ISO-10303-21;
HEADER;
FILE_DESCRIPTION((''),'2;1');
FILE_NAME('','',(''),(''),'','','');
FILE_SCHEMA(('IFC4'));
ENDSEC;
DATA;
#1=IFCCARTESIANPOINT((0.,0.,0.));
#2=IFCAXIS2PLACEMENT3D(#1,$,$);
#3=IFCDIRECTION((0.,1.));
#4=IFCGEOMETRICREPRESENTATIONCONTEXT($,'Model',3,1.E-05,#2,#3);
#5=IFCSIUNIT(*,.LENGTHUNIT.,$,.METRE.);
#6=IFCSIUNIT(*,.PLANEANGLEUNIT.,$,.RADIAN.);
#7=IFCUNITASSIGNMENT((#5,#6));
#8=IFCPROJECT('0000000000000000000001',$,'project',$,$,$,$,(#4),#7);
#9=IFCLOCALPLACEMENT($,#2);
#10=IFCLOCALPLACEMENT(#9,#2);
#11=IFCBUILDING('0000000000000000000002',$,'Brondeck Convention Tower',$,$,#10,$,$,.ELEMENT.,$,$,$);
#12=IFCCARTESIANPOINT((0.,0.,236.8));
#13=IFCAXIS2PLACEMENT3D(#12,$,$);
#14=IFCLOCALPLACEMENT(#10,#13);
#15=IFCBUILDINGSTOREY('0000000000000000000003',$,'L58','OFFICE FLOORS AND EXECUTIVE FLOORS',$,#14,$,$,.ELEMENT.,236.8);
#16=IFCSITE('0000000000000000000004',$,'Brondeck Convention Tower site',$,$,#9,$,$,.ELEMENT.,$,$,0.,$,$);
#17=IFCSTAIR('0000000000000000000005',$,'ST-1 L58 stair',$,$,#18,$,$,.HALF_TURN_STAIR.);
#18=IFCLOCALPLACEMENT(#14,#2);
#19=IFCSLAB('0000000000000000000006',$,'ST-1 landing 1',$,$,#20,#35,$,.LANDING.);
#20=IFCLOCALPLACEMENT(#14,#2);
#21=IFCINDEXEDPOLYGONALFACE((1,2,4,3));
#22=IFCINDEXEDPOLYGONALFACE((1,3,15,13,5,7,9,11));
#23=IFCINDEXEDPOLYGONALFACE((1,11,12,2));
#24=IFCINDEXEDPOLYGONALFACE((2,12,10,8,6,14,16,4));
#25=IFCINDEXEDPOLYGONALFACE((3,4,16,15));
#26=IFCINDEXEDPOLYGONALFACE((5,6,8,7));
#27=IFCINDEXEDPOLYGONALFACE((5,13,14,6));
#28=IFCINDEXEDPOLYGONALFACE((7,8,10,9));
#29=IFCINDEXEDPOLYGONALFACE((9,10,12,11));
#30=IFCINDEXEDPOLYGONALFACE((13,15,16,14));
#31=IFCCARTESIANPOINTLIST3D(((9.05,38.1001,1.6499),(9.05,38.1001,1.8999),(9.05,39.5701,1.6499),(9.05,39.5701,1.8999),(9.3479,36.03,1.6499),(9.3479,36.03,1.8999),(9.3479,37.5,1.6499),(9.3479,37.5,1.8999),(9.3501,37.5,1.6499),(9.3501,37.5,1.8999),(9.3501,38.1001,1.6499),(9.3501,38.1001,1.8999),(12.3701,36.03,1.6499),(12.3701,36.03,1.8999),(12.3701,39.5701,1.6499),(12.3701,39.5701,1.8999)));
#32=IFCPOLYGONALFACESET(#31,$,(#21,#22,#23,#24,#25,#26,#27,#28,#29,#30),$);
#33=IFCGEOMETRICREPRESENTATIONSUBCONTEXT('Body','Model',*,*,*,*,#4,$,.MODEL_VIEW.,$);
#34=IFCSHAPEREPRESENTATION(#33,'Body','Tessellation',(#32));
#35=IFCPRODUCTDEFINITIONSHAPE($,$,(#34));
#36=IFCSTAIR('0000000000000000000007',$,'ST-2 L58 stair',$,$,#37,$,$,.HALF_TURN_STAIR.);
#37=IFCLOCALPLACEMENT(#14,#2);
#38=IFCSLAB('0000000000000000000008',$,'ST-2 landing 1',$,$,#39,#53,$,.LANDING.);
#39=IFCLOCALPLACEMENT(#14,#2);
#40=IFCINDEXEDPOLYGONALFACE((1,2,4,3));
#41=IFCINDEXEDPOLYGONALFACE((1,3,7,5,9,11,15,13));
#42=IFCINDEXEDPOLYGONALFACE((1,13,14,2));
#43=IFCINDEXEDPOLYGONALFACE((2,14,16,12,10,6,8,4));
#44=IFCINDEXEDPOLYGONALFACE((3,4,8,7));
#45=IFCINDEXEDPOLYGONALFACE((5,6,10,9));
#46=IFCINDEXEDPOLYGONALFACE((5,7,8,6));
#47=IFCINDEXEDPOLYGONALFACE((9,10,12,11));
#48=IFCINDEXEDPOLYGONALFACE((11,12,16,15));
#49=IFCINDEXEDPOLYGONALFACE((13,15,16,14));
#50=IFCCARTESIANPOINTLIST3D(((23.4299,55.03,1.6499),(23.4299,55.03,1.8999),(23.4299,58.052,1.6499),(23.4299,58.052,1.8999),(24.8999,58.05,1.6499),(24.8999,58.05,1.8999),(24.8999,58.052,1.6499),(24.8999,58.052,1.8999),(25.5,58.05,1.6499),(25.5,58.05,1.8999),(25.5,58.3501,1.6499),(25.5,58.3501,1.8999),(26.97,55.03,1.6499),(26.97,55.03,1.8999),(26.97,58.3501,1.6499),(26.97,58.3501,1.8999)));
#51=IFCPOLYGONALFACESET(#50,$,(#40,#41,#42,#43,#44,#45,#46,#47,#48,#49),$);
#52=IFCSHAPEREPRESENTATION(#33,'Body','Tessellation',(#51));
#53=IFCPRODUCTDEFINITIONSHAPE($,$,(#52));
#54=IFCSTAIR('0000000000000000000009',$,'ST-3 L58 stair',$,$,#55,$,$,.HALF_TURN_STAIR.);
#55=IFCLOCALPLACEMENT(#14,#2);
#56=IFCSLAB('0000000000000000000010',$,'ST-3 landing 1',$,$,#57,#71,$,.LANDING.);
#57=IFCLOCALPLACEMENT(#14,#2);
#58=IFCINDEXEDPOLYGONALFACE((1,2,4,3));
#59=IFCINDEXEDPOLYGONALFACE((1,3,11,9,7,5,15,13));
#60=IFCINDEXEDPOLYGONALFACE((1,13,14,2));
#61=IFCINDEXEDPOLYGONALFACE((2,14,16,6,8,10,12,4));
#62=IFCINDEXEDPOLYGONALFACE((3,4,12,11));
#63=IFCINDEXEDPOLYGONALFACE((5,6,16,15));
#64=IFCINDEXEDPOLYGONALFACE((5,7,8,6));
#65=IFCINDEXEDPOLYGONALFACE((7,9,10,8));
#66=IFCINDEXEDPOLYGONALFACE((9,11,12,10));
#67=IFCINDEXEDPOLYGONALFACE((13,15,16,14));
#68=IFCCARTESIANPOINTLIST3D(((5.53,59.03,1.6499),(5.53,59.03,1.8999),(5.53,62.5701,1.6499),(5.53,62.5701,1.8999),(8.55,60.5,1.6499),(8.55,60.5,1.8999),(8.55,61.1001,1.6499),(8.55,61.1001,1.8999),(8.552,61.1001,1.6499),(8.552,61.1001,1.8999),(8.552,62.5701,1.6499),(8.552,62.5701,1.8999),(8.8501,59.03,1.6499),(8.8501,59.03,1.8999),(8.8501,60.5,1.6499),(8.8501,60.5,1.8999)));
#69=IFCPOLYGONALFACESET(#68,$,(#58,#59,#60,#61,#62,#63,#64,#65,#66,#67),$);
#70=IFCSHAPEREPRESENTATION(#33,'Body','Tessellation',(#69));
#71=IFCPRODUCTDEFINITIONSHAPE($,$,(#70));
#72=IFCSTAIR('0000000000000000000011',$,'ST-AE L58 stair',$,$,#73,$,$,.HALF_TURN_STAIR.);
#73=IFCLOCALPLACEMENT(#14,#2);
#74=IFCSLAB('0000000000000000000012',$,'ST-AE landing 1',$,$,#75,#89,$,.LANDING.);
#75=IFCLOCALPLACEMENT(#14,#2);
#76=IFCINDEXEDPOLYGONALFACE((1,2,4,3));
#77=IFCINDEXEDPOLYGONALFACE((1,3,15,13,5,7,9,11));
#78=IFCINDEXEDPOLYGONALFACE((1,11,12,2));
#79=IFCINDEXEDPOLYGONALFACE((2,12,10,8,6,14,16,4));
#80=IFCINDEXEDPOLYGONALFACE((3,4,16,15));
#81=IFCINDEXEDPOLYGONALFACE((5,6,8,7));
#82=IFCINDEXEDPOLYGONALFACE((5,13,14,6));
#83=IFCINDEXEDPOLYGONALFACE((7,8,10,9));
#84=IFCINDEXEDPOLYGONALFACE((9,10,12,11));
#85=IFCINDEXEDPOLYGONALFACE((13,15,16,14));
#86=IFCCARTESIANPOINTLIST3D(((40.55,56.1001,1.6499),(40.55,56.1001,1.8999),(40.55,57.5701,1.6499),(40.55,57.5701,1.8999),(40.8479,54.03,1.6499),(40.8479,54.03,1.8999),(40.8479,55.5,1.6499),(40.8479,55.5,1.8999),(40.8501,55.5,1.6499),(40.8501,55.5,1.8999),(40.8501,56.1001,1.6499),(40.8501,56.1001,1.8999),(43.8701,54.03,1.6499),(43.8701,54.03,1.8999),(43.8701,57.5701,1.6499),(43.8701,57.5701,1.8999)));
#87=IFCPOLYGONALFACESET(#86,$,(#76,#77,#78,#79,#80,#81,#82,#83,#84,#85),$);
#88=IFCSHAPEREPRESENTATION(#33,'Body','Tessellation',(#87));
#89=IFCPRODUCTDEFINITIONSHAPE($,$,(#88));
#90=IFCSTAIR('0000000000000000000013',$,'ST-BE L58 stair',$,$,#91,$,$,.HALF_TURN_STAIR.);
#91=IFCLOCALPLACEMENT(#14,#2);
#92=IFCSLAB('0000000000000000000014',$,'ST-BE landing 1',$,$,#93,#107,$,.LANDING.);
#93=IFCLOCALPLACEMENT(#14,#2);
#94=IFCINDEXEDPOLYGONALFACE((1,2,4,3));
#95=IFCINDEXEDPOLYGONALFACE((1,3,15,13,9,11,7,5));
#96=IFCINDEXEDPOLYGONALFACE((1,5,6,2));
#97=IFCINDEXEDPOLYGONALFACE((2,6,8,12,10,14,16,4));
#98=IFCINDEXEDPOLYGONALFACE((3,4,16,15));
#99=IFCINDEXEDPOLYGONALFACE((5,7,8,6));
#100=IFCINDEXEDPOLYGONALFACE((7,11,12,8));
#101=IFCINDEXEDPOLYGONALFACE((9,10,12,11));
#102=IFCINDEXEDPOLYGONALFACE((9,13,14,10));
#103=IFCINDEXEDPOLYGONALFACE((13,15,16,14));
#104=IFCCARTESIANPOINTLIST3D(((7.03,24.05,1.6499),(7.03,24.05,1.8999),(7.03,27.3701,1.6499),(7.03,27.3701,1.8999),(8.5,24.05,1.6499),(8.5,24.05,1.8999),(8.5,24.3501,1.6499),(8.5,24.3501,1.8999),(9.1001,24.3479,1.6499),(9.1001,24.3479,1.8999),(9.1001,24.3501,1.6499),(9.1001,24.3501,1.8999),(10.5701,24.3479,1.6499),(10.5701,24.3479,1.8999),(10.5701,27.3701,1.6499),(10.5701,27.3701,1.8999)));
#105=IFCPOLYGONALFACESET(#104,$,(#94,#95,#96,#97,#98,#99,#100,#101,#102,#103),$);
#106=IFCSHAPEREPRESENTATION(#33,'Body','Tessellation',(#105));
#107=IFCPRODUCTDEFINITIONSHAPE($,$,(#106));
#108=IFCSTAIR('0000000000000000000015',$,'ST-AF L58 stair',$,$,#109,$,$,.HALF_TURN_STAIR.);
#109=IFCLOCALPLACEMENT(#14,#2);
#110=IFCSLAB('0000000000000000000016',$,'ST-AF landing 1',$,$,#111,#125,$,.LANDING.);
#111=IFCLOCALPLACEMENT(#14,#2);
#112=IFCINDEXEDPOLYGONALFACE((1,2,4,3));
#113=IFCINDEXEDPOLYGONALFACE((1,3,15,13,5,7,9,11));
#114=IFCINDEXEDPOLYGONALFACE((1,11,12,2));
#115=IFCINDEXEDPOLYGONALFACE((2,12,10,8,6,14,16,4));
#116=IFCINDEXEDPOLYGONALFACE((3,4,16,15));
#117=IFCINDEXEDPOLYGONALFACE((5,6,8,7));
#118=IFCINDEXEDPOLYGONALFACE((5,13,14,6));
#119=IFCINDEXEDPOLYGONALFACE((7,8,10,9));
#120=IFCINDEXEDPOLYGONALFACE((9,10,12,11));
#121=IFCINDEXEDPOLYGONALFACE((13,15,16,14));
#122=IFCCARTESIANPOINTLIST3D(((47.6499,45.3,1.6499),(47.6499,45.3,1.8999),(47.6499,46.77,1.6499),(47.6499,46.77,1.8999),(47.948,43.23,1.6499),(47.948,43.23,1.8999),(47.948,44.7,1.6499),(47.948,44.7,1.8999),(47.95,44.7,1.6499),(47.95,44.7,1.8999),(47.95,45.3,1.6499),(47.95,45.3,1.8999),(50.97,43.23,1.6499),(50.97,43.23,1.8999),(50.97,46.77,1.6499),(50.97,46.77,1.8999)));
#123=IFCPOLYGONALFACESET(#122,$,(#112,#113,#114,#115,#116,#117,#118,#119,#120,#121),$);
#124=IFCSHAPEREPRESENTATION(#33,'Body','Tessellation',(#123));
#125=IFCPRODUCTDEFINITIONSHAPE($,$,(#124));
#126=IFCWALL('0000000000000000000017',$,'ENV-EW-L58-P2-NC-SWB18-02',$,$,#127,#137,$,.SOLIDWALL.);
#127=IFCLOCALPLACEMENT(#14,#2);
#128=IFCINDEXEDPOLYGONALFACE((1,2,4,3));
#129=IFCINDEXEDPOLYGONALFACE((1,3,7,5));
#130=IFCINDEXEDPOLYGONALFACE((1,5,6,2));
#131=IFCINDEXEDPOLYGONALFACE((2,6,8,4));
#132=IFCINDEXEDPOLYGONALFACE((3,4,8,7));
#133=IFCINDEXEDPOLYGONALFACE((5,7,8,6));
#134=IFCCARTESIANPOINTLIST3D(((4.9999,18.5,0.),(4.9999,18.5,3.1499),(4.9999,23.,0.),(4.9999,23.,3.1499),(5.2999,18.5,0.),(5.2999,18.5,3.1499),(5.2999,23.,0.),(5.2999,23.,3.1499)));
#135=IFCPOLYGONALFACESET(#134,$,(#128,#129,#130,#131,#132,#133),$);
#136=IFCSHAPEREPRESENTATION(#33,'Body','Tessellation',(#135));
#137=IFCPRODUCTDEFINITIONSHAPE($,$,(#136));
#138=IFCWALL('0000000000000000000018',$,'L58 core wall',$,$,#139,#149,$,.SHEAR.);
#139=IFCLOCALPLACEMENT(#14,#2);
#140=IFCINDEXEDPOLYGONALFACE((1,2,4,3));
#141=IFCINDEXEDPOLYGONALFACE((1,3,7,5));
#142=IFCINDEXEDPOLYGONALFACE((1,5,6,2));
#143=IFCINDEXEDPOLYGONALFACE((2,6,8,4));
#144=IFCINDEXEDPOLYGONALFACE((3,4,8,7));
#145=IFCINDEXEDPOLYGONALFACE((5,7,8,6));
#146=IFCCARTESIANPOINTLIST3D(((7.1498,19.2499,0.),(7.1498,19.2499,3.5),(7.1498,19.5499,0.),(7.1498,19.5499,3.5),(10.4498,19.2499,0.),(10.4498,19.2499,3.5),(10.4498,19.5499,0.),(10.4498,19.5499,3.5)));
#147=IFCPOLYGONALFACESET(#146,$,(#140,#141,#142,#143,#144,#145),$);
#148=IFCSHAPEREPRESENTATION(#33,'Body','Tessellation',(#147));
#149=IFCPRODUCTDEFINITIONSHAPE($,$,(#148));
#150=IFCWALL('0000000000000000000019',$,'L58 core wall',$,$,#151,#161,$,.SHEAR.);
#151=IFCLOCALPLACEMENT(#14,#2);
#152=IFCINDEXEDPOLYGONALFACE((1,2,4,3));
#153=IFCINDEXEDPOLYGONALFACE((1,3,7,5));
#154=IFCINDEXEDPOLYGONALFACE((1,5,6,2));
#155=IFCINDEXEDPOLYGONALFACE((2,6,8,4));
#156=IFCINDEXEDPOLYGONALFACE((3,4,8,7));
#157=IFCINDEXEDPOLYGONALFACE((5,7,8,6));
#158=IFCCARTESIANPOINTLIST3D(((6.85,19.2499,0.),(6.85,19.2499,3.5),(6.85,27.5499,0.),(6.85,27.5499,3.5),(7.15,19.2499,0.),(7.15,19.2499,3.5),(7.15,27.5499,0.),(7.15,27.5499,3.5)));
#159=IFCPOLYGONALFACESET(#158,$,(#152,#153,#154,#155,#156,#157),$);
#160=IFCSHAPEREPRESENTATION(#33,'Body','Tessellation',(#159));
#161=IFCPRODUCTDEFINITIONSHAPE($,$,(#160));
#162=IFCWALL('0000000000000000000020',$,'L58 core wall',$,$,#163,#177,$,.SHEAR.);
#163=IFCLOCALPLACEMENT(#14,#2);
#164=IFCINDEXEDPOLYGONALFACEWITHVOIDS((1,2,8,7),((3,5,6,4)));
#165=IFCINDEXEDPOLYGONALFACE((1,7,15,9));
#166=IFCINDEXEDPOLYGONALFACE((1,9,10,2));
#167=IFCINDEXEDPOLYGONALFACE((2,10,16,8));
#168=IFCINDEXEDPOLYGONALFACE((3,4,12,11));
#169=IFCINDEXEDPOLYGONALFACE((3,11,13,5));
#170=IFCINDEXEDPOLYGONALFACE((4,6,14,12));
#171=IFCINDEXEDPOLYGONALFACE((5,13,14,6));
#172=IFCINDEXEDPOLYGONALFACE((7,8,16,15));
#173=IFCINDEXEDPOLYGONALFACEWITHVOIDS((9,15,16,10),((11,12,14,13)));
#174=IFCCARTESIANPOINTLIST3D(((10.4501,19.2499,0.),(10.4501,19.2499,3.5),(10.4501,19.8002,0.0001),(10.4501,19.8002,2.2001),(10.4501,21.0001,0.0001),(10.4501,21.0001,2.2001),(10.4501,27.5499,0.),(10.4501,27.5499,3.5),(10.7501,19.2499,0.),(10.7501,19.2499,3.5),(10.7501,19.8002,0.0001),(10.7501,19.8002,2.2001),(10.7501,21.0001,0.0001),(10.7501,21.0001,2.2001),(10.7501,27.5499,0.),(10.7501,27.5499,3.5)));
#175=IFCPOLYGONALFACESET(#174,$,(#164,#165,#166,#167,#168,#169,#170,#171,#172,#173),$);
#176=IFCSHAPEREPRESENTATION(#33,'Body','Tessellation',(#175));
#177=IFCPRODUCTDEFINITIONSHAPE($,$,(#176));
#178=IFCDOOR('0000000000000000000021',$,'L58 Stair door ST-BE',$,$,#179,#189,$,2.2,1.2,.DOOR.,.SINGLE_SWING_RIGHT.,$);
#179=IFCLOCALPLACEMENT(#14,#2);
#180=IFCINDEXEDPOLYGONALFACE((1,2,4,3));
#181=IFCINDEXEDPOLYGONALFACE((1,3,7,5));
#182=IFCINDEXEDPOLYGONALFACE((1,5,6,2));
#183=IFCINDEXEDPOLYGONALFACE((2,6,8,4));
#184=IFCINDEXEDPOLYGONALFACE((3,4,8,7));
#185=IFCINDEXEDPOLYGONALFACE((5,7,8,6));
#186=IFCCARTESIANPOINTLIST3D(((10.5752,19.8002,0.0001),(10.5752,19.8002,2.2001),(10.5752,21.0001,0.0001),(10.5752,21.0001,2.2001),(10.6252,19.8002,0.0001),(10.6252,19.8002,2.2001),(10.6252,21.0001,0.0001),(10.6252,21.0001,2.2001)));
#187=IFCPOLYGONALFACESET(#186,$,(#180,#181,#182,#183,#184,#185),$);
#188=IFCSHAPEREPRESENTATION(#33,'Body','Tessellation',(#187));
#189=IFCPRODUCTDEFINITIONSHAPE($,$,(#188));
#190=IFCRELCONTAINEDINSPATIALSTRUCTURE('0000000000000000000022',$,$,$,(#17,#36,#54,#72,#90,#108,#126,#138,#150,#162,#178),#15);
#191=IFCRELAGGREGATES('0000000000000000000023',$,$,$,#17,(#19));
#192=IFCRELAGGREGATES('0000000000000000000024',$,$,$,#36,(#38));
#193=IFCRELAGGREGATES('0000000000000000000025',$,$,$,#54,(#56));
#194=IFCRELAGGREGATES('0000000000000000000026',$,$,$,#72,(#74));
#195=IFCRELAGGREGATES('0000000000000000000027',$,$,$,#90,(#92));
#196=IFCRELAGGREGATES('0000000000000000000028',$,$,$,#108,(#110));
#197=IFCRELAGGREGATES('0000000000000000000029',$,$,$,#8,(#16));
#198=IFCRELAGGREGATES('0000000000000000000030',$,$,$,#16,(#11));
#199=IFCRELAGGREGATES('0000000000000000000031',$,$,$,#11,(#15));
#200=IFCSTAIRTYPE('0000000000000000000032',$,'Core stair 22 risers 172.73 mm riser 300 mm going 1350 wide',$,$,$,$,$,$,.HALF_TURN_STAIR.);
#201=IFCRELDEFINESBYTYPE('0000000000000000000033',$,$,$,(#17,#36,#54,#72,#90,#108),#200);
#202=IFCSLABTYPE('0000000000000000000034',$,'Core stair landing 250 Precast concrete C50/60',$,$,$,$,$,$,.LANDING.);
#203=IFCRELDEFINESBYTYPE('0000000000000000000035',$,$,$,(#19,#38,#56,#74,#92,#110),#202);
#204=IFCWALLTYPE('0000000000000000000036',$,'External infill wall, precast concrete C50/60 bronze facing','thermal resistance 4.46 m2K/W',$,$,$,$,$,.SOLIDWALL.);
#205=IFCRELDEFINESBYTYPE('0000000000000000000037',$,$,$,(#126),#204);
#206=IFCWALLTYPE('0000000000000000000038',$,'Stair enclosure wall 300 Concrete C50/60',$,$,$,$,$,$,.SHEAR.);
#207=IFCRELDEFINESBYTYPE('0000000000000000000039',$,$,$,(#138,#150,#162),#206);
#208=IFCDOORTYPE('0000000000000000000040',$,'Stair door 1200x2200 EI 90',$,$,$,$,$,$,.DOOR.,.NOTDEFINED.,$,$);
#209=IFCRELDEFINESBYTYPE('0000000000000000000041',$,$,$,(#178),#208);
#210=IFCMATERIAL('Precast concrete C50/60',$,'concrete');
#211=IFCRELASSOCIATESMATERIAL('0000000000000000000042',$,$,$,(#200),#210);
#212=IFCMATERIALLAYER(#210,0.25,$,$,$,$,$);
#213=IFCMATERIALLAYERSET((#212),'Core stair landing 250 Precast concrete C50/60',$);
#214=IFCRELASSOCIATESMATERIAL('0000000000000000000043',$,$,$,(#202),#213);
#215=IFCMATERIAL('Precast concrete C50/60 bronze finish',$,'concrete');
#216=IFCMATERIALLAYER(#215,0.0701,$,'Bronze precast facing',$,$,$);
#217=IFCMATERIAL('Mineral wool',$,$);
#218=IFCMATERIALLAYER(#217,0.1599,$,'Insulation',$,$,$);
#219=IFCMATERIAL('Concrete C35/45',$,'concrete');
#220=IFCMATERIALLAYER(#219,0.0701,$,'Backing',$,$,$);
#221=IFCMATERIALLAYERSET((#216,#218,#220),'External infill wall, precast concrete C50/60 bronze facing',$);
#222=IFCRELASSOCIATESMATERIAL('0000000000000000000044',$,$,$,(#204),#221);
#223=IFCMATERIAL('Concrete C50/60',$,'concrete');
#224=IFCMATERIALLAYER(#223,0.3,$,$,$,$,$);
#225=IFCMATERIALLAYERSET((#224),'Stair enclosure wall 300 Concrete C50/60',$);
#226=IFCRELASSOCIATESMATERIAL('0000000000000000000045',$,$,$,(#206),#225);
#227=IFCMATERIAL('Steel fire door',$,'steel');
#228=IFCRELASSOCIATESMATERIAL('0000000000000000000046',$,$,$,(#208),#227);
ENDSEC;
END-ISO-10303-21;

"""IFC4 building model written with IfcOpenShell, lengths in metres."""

from ifc_helpers import new_model, si_unit, direction, frame, frame_2d, origin, place, context, subcontext, project, spatial, polyline, rectangle, outline, extrude, material, layer, layer_set, type_object, element, fill, aggregate, save


model = new_model("IFC4")

# Units and contexts
model_context = context("Model", 3, precision=1e-05, world=origin(), true_north=direction((0.0, 1.0)))
body_context = subcontext(model_context, "Body", "Model", "MODEL_VIEW")
ifc_project = project(units=[si_unit("LENGTHUNIT", "METRE"), si_unit("PLANEANGLEUNIT", "RADIAN")], contexts=[model_context])

# Site, building, storey
site_placement = place(None, origin())
site = spatial("IfcSite", under=ifc_project, at=site_placement, Name="Brondeck Convention Tower site", CompositionType="ELEMENT", RefElevation=0.0)
building_placement = place(site_placement, origin())
building = spatial("IfcBuilding", under=site, at=building_placement, Name="Brondeck Convention Tower", CompositionType="ELEMENT")
storey_placement = place(building_placement, frame((0.0, 0.0, 236.8)))
storey = spatial("IfcBuildingStorey", under=building, at=storey_placement, Name="L58", Description="OFFICE FLOORS AND EXECUTIVE FLOORS", CompositionType="ELEMENT", Elevation=236.8)

# Shared definitions
ifc_material_1 = material(Name="Concrete C50/60", Category="concrete")

# Shared definitions
ifc_material_2 = material(Name="Concrete C35/45", Category="concrete")

# Stairs, slabs
ifc_material_3 = material(Name="Precast concrete C50/60", Category="concrete")
stair_type = type_object("IfcStairType", Name="Core stair 22 risers 172.73 mm riser 300 mm going 1350 wide", PredefinedType="HALF_TURN_STAIR", material=ifc_material_3)
stair_1_placement = place(storey_placement, origin())
stair_1 = element("IfcStair", 1, at=stair_1_placement, inside=storey, type_object=stair_type, Name="ST-1 L58 stair", PredefinedType="HALF_TURN_STAIR")
ifc_layer_1 = layer(ifc_material_3, 0.25)
ifc_layer_set_1 = layer_set([ifc_layer_1], Name="Core stair landing 250 Precast concrete C50/60")
slab_type_1 = type_object("IfcSlabType", Name="Core stair landing 250 Precast concrete C50/60", PredefinedType="LANDING", material=ifc_layer_set_1)
slab_1_placement = place(storey_placement, frame((0.0, 0.0, 1.6499)))
slab_1 = element("IfcSlab", 2, at=slab_1_placement, type_object=slab_type_1, Name="ST-1 landing 1", PredefinedType="LANDING", context=body_context, shape_type="SweptSolid", body=[
    extrude(outline(polyline([(9.3479, 37.5), (9.3501, 37.5), (9.3501, 38.1001), (9.05, 38.1001), (9.05, 39.5701), (12.3701, 39.5701), (12.3701, 36.03), (9.3479, 36.03), (9.3479, 37.5)])), origin(), (0.0, 0.0, 1.0), 0.25),
])
aggregate(stair_1, [slab_1])
stair_2_placement = place(storey_placement, origin())
stair_2 = element("IfcStair", 3, at=stair_2_placement, inside=storey, type_object=stair_type, Name="ST-2 L58 stair", PredefinedType="HALF_TURN_STAIR")
slab_2_placement = place(storey_placement, frame((0.0, 0.0, 1.6499)))
slab_2 = element("IfcSlab", 4, at=slab_2_placement, type_object=slab_type_1, Name="ST-2 landing 1", PredefinedType="LANDING", context=body_context, shape_type="SweptSolid", body=[
    extrude(outline(polyline([(23.4299, 58.052), (24.8999, 58.052), (24.8999, 58.05), (25.5, 58.05), (25.5, 58.3501), (26.97, 58.3501), (26.97, 55.03), (23.4299, 55.03), (23.4299, 58.052)])), origin(), (0.0, 0.0, 1.0), 0.25),
])
aggregate(stair_2, [slab_2])
stair_3_placement = place(storey_placement, origin())
stair_3 = element("IfcStair", 5, at=stair_3_placement, inside=storey, type_object=stair_type, Name="ST-3 L58 stair", PredefinedType="HALF_TURN_STAIR")
slab_3_placement = place(storey_placement, frame((0.0, 0.0, 1.6499)))
slab_3 = element("IfcSlab", 6, at=slab_3_placement, type_object=slab_type_1, Name="ST-3 landing 1", PredefinedType="LANDING", context=body_context, shape_type="SweptSolid", body=[
    extrude(outline(polyline([(8.8501, 60.5), (8.8501, 59.03), (5.53, 59.03), (5.53, 62.5701), (8.552, 62.5701), (8.552, 61.1001), (8.55, 61.1001), (8.55, 60.5), (8.8501, 60.5)])), origin(), (0.0, 0.0, 1.0), 0.25),
])
aggregate(stair_3, [slab_3])
stair_4_placement = place(storey_placement, origin())
stair_4 = element("IfcStair", 7, at=stair_4_placement, inside=storey, type_object=stair_type, Name="ST-AE L58 stair", PredefinedType="HALF_TURN_STAIR")
slab_4_placement = place(storey_placement, frame((0.0, 0.0, 1.6499)))
slab_4 = element("IfcSlab", 8, at=slab_4_placement, type_object=slab_type_1, Name="ST-AE landing 1", PredefinedType="LANDING", context=body_context, shape_type="SweptSolid", body=[
    extrude(outline(polyline([(40.8479, 55.5), (40.8501, 55.5), (40.8501, 56.1001), (40.55, 56.1001), (40.55, 57.5701), (43.8701, 57.5701), (43.8701, 54.03), (40.8479, 54.03), (40.8479, 55.5)])), origin(), (0.0, 0.0, 1.0), 0.25),
])
aggregate(stair_4, [slab_4])
stair_5_placement = place(storey_placement, origin())
stair_5 = element("IfcStair", 9, at=stair_5_placement, inside=storey, type_object=stair_type, Name="ST-BE L58 stair", PredefinedType="HALF_TURN_STAIR")
slab_5_placement = place(storey_placement, frame((0.0, 0.0, 1.6499)))
slab_5 = element("IfcSlab", 10, at=slab_5_placement, type_object=slab_type_1, Name="ST-BE landing 1", PredefinedType="LANDING", context=body_context, shape_type="SweptSolid", body=[
    extrude(outline(polyline([(7.03, 24.05), (7.03, 27.3701), (10.5701, 27.3701), (10.5701, 24.3479), (9.1001, 24.3479), (9.1001, 24.3501), (8.5, 24.3501), (8.5, 24.05), (7.03, 24.05)])), origin(), (0.0, 0.0, 1.0), 0.25),
])
aggregate(stair_5, [slab_5])
stair_6_placement = place(storey_placement, origin())
stair_6 = element("IfcStair", 11, at=stair_6_placement, inside=storey, type_object=stair_type, Name="ST-AF L58 stair", PredefinedType="HALF_TURN_STAIR")
slab_6_placement = place(storey_placement, frame((0.0, 0.0, 1.6499)))
slab_6 = element("IfcSlab", 12, at=slab_6_placement, type_object=slab_type_1, Name="ST-AF landing 1", PredefinedType="LANDING", context=body_context, shape_type="SweptSolid", body=[
    extrude(outline(polyline([(47.948, 44.7), (47.95, 44.7), (47.95, 45.3), (47.6499, 45.3), (47.6499, 46.77), (50.97, 46.77), (50.97, 43.23), (47.948, 43.23), (47.948, 44.7)])), origin(), (0.0, 0.0, 1.0), 0.25),
])
aggregate(stair_6, [slab_6])

# Walls
ifc_material_4 = material(Name="Precast concrete C50/60 bronze finish", Category="concrete")
ifc_layer_2 = layer(ifc_material_4, 0.0701, Name="Bronze precast facing")
ifc_material_5 = material(Name="Mineral wool")
ifc_layer_3 = layer(ifc_material_5, 0.1599, Name="Insulation")
ifc_layer_4 = layer(ifc_material_2, 0.0701, Name="Backing")
ifc_layer_set_2 = layer_set([ifc_layer_2, ifc_layer_3, ifc_layer_4], Name="External infill wall, precast concrete C50/60 bronze facing")
wall_type_1 = type_object("IfcWallType", Name="External infill wall, precast concrete C50/60 bronze facing", Description="thermal resistance 4.46 m2K/W", PredefinedType="SOLIDWALL", material=ifc_layer_set_2)
wall_1_placement = place(storey_placement, frame((5.1499, 18.5, 0.0), z_axis=(0.0, 0.0, 1.0), x_axis=(0.0, 1.0, 0.0)))
element("IfcWall", 13, at=wall_1_placement, inside=storey, type_object=wall_type_1, Name="ENV-EW-L58-P2-NC-SWB18-02", PredefinedType="SOLIDWALL", context=body_context, shape_type="SweptSolid", body=[
    extrude(rectangle(XDim=4.5, YDim=0.3, at=frame_2d((2.25, 0.0))), origin(), (0.0, 0.0, 1.0), 3.1499),
])
ifc_layer_5 = layer(ifc_material_1, 0.3)
ifc_layer_set_3 = layer_set([ifc_layer_5], Name="Stair enclosure wall 300 Concrete C50/60")
wall_type_2 = type_object("IfcWallType", Name="Stair enclosure wall 300 Concrete C50/60", PredefinedType="SHEAR", material=ifc_layer_set_3)
wall_2_placement = place(storey_placement, frame((7.1499, 19.3999, 0.0), z_axis=(0.0, 0.0, 1.0), x_axis=(1.0, 0.0, 0.0)))
element("IfcWall", 14, at=wall_2_placement, inside=storey, type_object=wall_type_2, Name="L58 core wall", PredefinedType="SHEAR", context=body_context, shape_type="SweptSolid", body=[
    extrude(rectangle(XDim=3.3, YDim=0.3, at=frame_2d((1.6499, 0.0))), origin(), (0.0, 0.0, 1.0), 3.5),
])
wall_3_placement = place(storey_placement, frame((7.0, 19.25, 0.0), z_axis=(0.0, 0.0, 1.0), x_axis=(0.0, 1.0, 0.0)))
element("IfcWall", 15, at=wall_3_placement, inside=storey, type_object=wall_type_2, Name="L58 core wall", PredefinedType="SHEAR", context=body_context, shape_type="SweptSolid", body=[
    extrude(rectangle(XDim=8.3, YDim=0.3, at=frame_2d((4.1499, 0.0))), origin(), (0.0, 0.0, 1.0), 3.5),
])

# Wall, opening, door
wall_4_placement = place(storey_placement, frame((10.6001, 19.25, 0.0), z_axis=(0.0, 0.0, 1.0), x_axis=(0.0, 1.0, 0.0)))
wall_4 = element("IfcWall", 16, at=wall_4_placement, inside=storey, type_object=wall_type_2, Name="L58 core wall", PredefinedType="SHEAR", context=body_context, shape_type="SweptSolid", body=[
    extrude(rectangle(XDim=8.3, YDim=0.3, at=frame_2d((4.1499, 0.0))), origin(), (0.0, 0.0, 1.0), 3.5),
])
opening_placement = place(wall_4_placement, frame((0.55, 0.0, 0.0)))
opening = element("IfcOpeningElement", 17, at=opening_placement, cuts=wall_4, PredefinedType="OPENING", context=body_context, shape_type="SweptSolid", body=[
    extrude(rectangle(XDim=1.2, YDim=2.2, at=frame_2d((0.6001, 1.1001))), frame((0.0, 0.1599, 0.0), z_axis=(0.0, -1.0, 0.0), x_axis=(1.0, 0.0, 0.0)), (0.0, 0.0, 1.0), 0.3201),
])
ifc_material_6 = material(Name="Steel fire door", Category="steel")
door_type = type_object("IfcDoorType", Name="Stair door 1200x2200 EI 90", OperationType="NOTDEFINED", PredefinedType="DOOR", material=ifc_material_6)
door_placement = place(opening_placement, origin())
door = element("IfcDoor", 18, at=door_placement, inside=storey, type_object=door_type, Name="L58 Stair door ST-BE", OperationType="SINGLE_SWING_RIGHT", OverallHeight=2.2, OverallWidth=1.2, PredefinedType="DOOR", context=body_context, shape_type="SweptSolid", body=[
    extrude(rectangle(XDim=1.2, YDim=2.2, at=frame_2d((0.6001, 1.1001))), frame((0.0, 0.0249, 0.0), z_axis=(0.0, -1.0, 0.0), x_axis=(1.0, 0.0, 0.0)), (0.0, 0.0, 1.0), 0.05),
])
fill(opening, door)

save(model, "model.ifc")
